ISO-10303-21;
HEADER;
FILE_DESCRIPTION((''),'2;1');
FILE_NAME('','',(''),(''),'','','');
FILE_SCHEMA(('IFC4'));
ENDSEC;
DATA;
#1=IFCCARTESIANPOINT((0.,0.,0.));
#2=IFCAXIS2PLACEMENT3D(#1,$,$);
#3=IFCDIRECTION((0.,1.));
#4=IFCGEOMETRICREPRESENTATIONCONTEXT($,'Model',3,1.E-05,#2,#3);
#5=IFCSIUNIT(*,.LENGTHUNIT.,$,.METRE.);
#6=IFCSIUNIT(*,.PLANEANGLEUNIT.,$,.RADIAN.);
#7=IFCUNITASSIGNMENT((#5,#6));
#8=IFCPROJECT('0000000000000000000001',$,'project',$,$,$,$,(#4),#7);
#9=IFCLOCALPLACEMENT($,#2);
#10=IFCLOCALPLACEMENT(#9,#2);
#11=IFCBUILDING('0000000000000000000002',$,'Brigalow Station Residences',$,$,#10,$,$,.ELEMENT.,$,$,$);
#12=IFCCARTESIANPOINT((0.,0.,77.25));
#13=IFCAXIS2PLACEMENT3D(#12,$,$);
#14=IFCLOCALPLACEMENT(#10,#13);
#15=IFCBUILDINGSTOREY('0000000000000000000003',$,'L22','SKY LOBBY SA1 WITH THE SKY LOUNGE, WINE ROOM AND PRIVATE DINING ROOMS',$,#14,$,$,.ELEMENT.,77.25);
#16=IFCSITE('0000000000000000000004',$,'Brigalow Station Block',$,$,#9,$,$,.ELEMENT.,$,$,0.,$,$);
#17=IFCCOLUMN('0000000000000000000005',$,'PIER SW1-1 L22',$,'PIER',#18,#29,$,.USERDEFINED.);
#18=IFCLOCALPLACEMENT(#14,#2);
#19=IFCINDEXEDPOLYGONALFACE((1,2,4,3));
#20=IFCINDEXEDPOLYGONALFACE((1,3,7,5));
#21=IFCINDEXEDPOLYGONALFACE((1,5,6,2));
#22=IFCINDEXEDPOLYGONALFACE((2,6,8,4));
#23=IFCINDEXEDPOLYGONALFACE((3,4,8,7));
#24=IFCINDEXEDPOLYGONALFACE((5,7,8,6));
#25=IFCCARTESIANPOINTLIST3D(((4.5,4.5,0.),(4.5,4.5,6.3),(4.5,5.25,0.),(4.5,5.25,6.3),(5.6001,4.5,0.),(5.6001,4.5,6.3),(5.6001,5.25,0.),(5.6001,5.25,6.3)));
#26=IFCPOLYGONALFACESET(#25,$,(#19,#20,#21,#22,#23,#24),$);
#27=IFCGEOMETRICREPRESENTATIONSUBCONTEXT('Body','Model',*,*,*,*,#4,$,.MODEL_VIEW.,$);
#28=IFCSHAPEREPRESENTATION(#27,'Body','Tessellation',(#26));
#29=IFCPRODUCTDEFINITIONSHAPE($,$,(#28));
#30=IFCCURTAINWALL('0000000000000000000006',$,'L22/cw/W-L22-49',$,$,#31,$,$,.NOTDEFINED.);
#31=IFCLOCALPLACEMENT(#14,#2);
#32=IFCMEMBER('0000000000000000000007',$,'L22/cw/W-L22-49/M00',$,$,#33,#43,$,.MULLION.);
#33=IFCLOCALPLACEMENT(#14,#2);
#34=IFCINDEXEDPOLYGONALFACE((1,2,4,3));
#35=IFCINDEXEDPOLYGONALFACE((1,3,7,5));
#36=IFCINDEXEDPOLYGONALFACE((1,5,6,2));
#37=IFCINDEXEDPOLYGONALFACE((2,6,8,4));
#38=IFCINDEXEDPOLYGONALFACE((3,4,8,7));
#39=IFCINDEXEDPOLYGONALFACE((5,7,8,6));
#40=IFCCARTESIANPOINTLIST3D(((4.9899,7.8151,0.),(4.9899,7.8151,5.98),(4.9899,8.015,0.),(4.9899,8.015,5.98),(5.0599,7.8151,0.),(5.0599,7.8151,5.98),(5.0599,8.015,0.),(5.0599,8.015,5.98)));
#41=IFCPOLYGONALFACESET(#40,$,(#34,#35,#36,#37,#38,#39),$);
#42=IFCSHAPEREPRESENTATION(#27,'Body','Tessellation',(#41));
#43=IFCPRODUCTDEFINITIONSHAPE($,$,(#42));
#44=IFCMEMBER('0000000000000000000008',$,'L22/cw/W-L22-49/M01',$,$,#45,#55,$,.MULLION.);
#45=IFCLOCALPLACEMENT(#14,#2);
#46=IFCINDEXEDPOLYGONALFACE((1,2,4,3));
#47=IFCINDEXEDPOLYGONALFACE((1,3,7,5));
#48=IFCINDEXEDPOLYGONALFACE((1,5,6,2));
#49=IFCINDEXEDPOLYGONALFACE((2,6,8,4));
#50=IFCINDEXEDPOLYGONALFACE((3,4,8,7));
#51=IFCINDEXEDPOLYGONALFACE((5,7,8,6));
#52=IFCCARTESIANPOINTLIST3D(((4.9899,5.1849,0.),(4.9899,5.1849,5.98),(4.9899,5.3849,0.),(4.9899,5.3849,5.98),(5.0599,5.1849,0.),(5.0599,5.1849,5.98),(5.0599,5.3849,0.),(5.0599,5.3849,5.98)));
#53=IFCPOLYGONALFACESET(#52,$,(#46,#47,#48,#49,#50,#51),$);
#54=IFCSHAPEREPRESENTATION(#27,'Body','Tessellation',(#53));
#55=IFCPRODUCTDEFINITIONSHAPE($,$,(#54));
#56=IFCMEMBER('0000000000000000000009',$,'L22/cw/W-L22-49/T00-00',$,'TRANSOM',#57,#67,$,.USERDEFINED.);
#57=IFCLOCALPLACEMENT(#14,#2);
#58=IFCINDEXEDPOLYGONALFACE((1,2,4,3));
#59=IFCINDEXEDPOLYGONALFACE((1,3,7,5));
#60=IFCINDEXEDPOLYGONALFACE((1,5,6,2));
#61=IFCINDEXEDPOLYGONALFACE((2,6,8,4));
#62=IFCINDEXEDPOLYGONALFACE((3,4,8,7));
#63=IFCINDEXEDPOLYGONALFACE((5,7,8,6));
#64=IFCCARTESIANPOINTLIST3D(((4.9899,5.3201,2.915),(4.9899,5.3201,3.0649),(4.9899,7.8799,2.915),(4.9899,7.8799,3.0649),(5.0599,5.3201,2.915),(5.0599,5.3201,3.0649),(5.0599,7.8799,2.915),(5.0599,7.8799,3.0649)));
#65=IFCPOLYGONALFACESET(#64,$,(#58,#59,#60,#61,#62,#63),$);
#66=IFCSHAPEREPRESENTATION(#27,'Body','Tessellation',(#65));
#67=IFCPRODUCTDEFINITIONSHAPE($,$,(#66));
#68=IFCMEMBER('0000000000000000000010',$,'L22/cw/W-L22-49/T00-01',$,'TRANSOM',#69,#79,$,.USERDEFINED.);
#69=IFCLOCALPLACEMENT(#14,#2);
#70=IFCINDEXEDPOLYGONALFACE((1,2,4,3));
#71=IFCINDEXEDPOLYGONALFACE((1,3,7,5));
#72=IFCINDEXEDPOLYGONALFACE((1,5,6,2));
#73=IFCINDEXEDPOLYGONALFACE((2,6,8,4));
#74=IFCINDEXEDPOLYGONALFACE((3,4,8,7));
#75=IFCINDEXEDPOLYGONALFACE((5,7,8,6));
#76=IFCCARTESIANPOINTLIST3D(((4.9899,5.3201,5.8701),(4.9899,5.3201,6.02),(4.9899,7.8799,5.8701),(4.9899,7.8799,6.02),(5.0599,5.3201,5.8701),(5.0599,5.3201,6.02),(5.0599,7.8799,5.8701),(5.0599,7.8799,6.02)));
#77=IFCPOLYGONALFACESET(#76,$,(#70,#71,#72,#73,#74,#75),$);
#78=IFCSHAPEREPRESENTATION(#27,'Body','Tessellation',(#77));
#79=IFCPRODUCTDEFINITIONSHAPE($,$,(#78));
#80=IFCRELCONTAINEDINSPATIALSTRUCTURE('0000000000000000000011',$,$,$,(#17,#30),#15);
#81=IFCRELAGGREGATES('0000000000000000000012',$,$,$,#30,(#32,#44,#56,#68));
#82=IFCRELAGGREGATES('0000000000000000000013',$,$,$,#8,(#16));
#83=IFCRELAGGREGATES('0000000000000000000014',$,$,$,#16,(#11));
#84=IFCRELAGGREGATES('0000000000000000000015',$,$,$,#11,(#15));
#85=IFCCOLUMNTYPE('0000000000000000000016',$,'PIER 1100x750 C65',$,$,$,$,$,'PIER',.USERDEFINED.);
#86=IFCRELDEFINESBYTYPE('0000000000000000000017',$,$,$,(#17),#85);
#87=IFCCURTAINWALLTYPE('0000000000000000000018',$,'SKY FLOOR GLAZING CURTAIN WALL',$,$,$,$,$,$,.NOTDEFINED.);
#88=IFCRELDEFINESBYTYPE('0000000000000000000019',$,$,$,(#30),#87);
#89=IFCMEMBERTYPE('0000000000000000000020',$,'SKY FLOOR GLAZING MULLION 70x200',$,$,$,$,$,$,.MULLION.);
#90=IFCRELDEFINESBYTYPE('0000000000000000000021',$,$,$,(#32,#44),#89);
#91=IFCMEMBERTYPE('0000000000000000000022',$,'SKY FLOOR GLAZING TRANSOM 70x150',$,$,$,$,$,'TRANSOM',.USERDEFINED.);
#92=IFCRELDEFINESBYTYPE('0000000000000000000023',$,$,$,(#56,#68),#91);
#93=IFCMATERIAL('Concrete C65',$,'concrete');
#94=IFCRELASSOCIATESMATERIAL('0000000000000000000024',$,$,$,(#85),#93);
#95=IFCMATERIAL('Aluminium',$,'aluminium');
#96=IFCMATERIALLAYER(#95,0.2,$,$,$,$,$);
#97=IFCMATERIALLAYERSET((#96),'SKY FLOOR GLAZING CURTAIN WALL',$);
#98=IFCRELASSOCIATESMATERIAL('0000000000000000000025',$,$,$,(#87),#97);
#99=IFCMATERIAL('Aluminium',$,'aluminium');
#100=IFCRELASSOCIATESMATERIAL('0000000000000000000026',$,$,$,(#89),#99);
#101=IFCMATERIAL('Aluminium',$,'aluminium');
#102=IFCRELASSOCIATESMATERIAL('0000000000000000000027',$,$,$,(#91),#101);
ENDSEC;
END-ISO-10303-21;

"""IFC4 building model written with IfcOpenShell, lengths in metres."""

from ifc_helpers import new_model, si_unit, direction, frame, origin, origin_2d, place, context, subcontext, project, spatial, rectangle, extrude, material, layer, layer_set, material_profile, profile_set, type_object, element, aggregate, save


model = new_model("IFC4")

# Units and contexts
model_context = context("Model", 3, precision=1e-05, world=origin(), true_north=direction((0.0, 1.0)))
body_context = subcontext(model_context, "Body", "Model", "MODEL_VIEW")
ifc_project = project(units=[si_unit("LENGTHUNIT", "METRE"), si_unit("PLANEANGLEUNIT", "RADIAN")], contexts=[model_context])

# Site, building, storey
site_placement = place(None, origin())
site = spatial("IfcSite", under=ifc_project, at=site_placement, Name="Brigalow Station Block", CompositionType="ELEMENT", RefElevation=0.0)
building_placement = place(site_placement, origin())
building = spatial("IfcBuilding", under=site, at=building_placement, Name="Brigalow Station Residences", CompositionType="ELEMENT")
storey_placement = place(building_placement, frame((0.0, 0.0, 77.25)))
storey = spatial("IfcBuildingStorey", under=building, at=storey_placement, Name="L22", Description="SKY LOBBY SA1 WITH THE SKY LOUNGE, WINE ROOM AND PRIVATE DINING ROOMS", CompositionType="ELEMENT", Elevation=77.25)

# Column
ifc_material_1 = material(Name="Concrete C65", Category="concrete")
ifc_material_profile_1 = material_profile(ifc_material_1, rectangle(XDim=1.1001, YDim=0.75, at=origin_2d()), Name="RC1100x750")
ifc_profile_set_1 = profile_set([ifc_material_profile_1], Name="Concrete C65")
column_type = type_object("IfcColumnType", Name="PIER 1100x750 C65", ElementType="PIER", PredefinedType="USERDEFINED", material=ifc_profile_set_1)
column_placement = place(storey_placement, frame((5.05, 4.875, 0.0), z_axis=(0.0, 0.0, 1.0), x_axis=(1.0, 0.0, 0.0)))
element("IfcColumn", 1, at=column_placement, inside=storey, type_object=column_type, Name="PIER SW1-1 L22", ObjectType="PIER", PredefinedType="USERDEFINED", context=body_context, shape_type="SweptSolid", body=[
    extrude(rectangle(XDim=1.1001, YDim=0.75, at=origin_2d()), origin(), (0.0, 0.0, 1.0), 6.3),
])

# Curtain wall, members
ifc_material_2 = material(Name="Aluminium", Category="aluminium")
ifc_layer_1 = layer(ifc_material_2, 0.2)
ifc_layer_set_1 = layer_set([ifc_layer_1], Name="SKY FLOOR GLAZING CURTAIN WALL")
curtain_wall_type = type_object("IfcCurtainWallType", Name="SKY FLOOR GLAZING CURTAIN WALL", PredefinedType="NOTDEFINED", material=ifc_layer_set_1)
curtain_wall_placement = place(storey_placement, origin())
curtain_wall = element("IfcCurtainWall", 2, at=curtain_wall_placement, inside=storey, type_object=curtain_wall_type, Name="L22/cw/W-L22-49", PredefinedType="NOTDEFINED")
ifc_material_3 = material(Name="Aluminium", Category="aluminium")
ifc_material_profile_2 = material_profile(ifc_material_3, rectangle(XDim=0.0701, YDim=0.2, at=origin_2d()), Name="SKY FLOOR GLAZING MULLION 70x200")
ifc_profile_set_2 = profile_set([ifc_material_profile_2], Name="Aluminium")
member_type_1 = type_object("IfcMemberType", Name="SKY FLOOR GLAZING MULLION 70x200", PredefinedType="MULLION", material=ifc_profile_set_2)
member_1_placement = place(storey_placement, frame((5.0249, 7.915, 0.0), z_axis=(0.0, 0.0, 1.0), x_axis=(1.0, 0.0, 0.0)))
member_1 = element("IfcMember", 3, at=member_1_placement, type_object=member_type_1, Name="L22/cw/W-L22-49/M00", PredefinedType="MULLION", context=body_context, shape_type="SweptSolid", body=[
    extrude(rectangle(XDim=0.0701, YDim=0.2, at=origin_2d()), origin(), (0.0, 0.0, 1.0), 5.98),
])
member_2_placement = place(storey_placement, frame((5.0249, 5.2849, 0.0), z_axis=(0.0, 0.0, 1.0), x_axis=(1.0, 0.0, 0.0)))
member_2 = element("IfcMember", 4, at=member_2_placement, type_object=member_type_1, Name="L22/cw/W-L22-49/M01", PredefinedType="MULLION", context=body_context, shape_type="SweptSolid", body=[
    extrude(rectangle(XDim=0.0701, YDim=0.2, at=origin_2d()), origin(), (0.0, 0.0, 1.0), 5.98),
])
ifc_material_4 = material(Name="Aluminium", Category="aluminium")
ifc_material_profile_3 = material_profile(ifc_material_4, rectangle(XDim=0.0701, YDim=0.1499, at=origin_2d()), Name="SKY FLOOR GLAZING TRANSOM 70x150")
ifc_profile_set_3 = profile_set([ifc_material_profile_3], Name="Aluminium")
member_type_2 = type_object("IfcMemberType", Name="SKY FLOOR GLAZING TRANSOM 70x150", ElementType="TRANSOM", PredefinedType="USERDEFINED", material=ifc_profile_set_3)
member_3_placement = place(storey_placement, frame((5.0249, 7.8799, 2.99), z_axis=(0.0, -1.0, 0.0), x_axis=(1.0, 0.0, 0.0)))
member_3 = element("IfcMember", 5, at=member_3_placement, type_object=member_type_2, Name="L22/cw/W-L22-49/T00-00", ObjectType="TRANSOM", PredefinedType="USERDEFINED", context=body_context, shape_type="SweptSolid", body=[
    extrude(rectangle(XDim=0.0701, YDim=0.1499, at=origin_2d()), origin(), (0.0, 0.0, 1.0), 2.5598),
])
member_4_placement = place(storey_placement, frame((5.0249, 7.8799, 5.9451), z_axis=(0.0, -1.0, 0.0), x_axis=(1.0, 0.0, 0.0)))
member_4 = element("IfcMember", 6, at=member_4_placement, type_object=member_type_2, Name="L22/cw/W-L22-49/T00-01", ObjectType="TRANSOM", PredefinedType="USERDEFINED", context=body_context, shape_type="SweptSolid", body=[
    extrude(rectangle(XDim=0.0701, YDim=0.1499, at=origin_2d()), origin(), (0.0, 0.0, 1.0), 2.5598),
])

aggregate(curtain_wall, [member_1, member_2, member_3, member_4])

save(model, "model.ifc")
